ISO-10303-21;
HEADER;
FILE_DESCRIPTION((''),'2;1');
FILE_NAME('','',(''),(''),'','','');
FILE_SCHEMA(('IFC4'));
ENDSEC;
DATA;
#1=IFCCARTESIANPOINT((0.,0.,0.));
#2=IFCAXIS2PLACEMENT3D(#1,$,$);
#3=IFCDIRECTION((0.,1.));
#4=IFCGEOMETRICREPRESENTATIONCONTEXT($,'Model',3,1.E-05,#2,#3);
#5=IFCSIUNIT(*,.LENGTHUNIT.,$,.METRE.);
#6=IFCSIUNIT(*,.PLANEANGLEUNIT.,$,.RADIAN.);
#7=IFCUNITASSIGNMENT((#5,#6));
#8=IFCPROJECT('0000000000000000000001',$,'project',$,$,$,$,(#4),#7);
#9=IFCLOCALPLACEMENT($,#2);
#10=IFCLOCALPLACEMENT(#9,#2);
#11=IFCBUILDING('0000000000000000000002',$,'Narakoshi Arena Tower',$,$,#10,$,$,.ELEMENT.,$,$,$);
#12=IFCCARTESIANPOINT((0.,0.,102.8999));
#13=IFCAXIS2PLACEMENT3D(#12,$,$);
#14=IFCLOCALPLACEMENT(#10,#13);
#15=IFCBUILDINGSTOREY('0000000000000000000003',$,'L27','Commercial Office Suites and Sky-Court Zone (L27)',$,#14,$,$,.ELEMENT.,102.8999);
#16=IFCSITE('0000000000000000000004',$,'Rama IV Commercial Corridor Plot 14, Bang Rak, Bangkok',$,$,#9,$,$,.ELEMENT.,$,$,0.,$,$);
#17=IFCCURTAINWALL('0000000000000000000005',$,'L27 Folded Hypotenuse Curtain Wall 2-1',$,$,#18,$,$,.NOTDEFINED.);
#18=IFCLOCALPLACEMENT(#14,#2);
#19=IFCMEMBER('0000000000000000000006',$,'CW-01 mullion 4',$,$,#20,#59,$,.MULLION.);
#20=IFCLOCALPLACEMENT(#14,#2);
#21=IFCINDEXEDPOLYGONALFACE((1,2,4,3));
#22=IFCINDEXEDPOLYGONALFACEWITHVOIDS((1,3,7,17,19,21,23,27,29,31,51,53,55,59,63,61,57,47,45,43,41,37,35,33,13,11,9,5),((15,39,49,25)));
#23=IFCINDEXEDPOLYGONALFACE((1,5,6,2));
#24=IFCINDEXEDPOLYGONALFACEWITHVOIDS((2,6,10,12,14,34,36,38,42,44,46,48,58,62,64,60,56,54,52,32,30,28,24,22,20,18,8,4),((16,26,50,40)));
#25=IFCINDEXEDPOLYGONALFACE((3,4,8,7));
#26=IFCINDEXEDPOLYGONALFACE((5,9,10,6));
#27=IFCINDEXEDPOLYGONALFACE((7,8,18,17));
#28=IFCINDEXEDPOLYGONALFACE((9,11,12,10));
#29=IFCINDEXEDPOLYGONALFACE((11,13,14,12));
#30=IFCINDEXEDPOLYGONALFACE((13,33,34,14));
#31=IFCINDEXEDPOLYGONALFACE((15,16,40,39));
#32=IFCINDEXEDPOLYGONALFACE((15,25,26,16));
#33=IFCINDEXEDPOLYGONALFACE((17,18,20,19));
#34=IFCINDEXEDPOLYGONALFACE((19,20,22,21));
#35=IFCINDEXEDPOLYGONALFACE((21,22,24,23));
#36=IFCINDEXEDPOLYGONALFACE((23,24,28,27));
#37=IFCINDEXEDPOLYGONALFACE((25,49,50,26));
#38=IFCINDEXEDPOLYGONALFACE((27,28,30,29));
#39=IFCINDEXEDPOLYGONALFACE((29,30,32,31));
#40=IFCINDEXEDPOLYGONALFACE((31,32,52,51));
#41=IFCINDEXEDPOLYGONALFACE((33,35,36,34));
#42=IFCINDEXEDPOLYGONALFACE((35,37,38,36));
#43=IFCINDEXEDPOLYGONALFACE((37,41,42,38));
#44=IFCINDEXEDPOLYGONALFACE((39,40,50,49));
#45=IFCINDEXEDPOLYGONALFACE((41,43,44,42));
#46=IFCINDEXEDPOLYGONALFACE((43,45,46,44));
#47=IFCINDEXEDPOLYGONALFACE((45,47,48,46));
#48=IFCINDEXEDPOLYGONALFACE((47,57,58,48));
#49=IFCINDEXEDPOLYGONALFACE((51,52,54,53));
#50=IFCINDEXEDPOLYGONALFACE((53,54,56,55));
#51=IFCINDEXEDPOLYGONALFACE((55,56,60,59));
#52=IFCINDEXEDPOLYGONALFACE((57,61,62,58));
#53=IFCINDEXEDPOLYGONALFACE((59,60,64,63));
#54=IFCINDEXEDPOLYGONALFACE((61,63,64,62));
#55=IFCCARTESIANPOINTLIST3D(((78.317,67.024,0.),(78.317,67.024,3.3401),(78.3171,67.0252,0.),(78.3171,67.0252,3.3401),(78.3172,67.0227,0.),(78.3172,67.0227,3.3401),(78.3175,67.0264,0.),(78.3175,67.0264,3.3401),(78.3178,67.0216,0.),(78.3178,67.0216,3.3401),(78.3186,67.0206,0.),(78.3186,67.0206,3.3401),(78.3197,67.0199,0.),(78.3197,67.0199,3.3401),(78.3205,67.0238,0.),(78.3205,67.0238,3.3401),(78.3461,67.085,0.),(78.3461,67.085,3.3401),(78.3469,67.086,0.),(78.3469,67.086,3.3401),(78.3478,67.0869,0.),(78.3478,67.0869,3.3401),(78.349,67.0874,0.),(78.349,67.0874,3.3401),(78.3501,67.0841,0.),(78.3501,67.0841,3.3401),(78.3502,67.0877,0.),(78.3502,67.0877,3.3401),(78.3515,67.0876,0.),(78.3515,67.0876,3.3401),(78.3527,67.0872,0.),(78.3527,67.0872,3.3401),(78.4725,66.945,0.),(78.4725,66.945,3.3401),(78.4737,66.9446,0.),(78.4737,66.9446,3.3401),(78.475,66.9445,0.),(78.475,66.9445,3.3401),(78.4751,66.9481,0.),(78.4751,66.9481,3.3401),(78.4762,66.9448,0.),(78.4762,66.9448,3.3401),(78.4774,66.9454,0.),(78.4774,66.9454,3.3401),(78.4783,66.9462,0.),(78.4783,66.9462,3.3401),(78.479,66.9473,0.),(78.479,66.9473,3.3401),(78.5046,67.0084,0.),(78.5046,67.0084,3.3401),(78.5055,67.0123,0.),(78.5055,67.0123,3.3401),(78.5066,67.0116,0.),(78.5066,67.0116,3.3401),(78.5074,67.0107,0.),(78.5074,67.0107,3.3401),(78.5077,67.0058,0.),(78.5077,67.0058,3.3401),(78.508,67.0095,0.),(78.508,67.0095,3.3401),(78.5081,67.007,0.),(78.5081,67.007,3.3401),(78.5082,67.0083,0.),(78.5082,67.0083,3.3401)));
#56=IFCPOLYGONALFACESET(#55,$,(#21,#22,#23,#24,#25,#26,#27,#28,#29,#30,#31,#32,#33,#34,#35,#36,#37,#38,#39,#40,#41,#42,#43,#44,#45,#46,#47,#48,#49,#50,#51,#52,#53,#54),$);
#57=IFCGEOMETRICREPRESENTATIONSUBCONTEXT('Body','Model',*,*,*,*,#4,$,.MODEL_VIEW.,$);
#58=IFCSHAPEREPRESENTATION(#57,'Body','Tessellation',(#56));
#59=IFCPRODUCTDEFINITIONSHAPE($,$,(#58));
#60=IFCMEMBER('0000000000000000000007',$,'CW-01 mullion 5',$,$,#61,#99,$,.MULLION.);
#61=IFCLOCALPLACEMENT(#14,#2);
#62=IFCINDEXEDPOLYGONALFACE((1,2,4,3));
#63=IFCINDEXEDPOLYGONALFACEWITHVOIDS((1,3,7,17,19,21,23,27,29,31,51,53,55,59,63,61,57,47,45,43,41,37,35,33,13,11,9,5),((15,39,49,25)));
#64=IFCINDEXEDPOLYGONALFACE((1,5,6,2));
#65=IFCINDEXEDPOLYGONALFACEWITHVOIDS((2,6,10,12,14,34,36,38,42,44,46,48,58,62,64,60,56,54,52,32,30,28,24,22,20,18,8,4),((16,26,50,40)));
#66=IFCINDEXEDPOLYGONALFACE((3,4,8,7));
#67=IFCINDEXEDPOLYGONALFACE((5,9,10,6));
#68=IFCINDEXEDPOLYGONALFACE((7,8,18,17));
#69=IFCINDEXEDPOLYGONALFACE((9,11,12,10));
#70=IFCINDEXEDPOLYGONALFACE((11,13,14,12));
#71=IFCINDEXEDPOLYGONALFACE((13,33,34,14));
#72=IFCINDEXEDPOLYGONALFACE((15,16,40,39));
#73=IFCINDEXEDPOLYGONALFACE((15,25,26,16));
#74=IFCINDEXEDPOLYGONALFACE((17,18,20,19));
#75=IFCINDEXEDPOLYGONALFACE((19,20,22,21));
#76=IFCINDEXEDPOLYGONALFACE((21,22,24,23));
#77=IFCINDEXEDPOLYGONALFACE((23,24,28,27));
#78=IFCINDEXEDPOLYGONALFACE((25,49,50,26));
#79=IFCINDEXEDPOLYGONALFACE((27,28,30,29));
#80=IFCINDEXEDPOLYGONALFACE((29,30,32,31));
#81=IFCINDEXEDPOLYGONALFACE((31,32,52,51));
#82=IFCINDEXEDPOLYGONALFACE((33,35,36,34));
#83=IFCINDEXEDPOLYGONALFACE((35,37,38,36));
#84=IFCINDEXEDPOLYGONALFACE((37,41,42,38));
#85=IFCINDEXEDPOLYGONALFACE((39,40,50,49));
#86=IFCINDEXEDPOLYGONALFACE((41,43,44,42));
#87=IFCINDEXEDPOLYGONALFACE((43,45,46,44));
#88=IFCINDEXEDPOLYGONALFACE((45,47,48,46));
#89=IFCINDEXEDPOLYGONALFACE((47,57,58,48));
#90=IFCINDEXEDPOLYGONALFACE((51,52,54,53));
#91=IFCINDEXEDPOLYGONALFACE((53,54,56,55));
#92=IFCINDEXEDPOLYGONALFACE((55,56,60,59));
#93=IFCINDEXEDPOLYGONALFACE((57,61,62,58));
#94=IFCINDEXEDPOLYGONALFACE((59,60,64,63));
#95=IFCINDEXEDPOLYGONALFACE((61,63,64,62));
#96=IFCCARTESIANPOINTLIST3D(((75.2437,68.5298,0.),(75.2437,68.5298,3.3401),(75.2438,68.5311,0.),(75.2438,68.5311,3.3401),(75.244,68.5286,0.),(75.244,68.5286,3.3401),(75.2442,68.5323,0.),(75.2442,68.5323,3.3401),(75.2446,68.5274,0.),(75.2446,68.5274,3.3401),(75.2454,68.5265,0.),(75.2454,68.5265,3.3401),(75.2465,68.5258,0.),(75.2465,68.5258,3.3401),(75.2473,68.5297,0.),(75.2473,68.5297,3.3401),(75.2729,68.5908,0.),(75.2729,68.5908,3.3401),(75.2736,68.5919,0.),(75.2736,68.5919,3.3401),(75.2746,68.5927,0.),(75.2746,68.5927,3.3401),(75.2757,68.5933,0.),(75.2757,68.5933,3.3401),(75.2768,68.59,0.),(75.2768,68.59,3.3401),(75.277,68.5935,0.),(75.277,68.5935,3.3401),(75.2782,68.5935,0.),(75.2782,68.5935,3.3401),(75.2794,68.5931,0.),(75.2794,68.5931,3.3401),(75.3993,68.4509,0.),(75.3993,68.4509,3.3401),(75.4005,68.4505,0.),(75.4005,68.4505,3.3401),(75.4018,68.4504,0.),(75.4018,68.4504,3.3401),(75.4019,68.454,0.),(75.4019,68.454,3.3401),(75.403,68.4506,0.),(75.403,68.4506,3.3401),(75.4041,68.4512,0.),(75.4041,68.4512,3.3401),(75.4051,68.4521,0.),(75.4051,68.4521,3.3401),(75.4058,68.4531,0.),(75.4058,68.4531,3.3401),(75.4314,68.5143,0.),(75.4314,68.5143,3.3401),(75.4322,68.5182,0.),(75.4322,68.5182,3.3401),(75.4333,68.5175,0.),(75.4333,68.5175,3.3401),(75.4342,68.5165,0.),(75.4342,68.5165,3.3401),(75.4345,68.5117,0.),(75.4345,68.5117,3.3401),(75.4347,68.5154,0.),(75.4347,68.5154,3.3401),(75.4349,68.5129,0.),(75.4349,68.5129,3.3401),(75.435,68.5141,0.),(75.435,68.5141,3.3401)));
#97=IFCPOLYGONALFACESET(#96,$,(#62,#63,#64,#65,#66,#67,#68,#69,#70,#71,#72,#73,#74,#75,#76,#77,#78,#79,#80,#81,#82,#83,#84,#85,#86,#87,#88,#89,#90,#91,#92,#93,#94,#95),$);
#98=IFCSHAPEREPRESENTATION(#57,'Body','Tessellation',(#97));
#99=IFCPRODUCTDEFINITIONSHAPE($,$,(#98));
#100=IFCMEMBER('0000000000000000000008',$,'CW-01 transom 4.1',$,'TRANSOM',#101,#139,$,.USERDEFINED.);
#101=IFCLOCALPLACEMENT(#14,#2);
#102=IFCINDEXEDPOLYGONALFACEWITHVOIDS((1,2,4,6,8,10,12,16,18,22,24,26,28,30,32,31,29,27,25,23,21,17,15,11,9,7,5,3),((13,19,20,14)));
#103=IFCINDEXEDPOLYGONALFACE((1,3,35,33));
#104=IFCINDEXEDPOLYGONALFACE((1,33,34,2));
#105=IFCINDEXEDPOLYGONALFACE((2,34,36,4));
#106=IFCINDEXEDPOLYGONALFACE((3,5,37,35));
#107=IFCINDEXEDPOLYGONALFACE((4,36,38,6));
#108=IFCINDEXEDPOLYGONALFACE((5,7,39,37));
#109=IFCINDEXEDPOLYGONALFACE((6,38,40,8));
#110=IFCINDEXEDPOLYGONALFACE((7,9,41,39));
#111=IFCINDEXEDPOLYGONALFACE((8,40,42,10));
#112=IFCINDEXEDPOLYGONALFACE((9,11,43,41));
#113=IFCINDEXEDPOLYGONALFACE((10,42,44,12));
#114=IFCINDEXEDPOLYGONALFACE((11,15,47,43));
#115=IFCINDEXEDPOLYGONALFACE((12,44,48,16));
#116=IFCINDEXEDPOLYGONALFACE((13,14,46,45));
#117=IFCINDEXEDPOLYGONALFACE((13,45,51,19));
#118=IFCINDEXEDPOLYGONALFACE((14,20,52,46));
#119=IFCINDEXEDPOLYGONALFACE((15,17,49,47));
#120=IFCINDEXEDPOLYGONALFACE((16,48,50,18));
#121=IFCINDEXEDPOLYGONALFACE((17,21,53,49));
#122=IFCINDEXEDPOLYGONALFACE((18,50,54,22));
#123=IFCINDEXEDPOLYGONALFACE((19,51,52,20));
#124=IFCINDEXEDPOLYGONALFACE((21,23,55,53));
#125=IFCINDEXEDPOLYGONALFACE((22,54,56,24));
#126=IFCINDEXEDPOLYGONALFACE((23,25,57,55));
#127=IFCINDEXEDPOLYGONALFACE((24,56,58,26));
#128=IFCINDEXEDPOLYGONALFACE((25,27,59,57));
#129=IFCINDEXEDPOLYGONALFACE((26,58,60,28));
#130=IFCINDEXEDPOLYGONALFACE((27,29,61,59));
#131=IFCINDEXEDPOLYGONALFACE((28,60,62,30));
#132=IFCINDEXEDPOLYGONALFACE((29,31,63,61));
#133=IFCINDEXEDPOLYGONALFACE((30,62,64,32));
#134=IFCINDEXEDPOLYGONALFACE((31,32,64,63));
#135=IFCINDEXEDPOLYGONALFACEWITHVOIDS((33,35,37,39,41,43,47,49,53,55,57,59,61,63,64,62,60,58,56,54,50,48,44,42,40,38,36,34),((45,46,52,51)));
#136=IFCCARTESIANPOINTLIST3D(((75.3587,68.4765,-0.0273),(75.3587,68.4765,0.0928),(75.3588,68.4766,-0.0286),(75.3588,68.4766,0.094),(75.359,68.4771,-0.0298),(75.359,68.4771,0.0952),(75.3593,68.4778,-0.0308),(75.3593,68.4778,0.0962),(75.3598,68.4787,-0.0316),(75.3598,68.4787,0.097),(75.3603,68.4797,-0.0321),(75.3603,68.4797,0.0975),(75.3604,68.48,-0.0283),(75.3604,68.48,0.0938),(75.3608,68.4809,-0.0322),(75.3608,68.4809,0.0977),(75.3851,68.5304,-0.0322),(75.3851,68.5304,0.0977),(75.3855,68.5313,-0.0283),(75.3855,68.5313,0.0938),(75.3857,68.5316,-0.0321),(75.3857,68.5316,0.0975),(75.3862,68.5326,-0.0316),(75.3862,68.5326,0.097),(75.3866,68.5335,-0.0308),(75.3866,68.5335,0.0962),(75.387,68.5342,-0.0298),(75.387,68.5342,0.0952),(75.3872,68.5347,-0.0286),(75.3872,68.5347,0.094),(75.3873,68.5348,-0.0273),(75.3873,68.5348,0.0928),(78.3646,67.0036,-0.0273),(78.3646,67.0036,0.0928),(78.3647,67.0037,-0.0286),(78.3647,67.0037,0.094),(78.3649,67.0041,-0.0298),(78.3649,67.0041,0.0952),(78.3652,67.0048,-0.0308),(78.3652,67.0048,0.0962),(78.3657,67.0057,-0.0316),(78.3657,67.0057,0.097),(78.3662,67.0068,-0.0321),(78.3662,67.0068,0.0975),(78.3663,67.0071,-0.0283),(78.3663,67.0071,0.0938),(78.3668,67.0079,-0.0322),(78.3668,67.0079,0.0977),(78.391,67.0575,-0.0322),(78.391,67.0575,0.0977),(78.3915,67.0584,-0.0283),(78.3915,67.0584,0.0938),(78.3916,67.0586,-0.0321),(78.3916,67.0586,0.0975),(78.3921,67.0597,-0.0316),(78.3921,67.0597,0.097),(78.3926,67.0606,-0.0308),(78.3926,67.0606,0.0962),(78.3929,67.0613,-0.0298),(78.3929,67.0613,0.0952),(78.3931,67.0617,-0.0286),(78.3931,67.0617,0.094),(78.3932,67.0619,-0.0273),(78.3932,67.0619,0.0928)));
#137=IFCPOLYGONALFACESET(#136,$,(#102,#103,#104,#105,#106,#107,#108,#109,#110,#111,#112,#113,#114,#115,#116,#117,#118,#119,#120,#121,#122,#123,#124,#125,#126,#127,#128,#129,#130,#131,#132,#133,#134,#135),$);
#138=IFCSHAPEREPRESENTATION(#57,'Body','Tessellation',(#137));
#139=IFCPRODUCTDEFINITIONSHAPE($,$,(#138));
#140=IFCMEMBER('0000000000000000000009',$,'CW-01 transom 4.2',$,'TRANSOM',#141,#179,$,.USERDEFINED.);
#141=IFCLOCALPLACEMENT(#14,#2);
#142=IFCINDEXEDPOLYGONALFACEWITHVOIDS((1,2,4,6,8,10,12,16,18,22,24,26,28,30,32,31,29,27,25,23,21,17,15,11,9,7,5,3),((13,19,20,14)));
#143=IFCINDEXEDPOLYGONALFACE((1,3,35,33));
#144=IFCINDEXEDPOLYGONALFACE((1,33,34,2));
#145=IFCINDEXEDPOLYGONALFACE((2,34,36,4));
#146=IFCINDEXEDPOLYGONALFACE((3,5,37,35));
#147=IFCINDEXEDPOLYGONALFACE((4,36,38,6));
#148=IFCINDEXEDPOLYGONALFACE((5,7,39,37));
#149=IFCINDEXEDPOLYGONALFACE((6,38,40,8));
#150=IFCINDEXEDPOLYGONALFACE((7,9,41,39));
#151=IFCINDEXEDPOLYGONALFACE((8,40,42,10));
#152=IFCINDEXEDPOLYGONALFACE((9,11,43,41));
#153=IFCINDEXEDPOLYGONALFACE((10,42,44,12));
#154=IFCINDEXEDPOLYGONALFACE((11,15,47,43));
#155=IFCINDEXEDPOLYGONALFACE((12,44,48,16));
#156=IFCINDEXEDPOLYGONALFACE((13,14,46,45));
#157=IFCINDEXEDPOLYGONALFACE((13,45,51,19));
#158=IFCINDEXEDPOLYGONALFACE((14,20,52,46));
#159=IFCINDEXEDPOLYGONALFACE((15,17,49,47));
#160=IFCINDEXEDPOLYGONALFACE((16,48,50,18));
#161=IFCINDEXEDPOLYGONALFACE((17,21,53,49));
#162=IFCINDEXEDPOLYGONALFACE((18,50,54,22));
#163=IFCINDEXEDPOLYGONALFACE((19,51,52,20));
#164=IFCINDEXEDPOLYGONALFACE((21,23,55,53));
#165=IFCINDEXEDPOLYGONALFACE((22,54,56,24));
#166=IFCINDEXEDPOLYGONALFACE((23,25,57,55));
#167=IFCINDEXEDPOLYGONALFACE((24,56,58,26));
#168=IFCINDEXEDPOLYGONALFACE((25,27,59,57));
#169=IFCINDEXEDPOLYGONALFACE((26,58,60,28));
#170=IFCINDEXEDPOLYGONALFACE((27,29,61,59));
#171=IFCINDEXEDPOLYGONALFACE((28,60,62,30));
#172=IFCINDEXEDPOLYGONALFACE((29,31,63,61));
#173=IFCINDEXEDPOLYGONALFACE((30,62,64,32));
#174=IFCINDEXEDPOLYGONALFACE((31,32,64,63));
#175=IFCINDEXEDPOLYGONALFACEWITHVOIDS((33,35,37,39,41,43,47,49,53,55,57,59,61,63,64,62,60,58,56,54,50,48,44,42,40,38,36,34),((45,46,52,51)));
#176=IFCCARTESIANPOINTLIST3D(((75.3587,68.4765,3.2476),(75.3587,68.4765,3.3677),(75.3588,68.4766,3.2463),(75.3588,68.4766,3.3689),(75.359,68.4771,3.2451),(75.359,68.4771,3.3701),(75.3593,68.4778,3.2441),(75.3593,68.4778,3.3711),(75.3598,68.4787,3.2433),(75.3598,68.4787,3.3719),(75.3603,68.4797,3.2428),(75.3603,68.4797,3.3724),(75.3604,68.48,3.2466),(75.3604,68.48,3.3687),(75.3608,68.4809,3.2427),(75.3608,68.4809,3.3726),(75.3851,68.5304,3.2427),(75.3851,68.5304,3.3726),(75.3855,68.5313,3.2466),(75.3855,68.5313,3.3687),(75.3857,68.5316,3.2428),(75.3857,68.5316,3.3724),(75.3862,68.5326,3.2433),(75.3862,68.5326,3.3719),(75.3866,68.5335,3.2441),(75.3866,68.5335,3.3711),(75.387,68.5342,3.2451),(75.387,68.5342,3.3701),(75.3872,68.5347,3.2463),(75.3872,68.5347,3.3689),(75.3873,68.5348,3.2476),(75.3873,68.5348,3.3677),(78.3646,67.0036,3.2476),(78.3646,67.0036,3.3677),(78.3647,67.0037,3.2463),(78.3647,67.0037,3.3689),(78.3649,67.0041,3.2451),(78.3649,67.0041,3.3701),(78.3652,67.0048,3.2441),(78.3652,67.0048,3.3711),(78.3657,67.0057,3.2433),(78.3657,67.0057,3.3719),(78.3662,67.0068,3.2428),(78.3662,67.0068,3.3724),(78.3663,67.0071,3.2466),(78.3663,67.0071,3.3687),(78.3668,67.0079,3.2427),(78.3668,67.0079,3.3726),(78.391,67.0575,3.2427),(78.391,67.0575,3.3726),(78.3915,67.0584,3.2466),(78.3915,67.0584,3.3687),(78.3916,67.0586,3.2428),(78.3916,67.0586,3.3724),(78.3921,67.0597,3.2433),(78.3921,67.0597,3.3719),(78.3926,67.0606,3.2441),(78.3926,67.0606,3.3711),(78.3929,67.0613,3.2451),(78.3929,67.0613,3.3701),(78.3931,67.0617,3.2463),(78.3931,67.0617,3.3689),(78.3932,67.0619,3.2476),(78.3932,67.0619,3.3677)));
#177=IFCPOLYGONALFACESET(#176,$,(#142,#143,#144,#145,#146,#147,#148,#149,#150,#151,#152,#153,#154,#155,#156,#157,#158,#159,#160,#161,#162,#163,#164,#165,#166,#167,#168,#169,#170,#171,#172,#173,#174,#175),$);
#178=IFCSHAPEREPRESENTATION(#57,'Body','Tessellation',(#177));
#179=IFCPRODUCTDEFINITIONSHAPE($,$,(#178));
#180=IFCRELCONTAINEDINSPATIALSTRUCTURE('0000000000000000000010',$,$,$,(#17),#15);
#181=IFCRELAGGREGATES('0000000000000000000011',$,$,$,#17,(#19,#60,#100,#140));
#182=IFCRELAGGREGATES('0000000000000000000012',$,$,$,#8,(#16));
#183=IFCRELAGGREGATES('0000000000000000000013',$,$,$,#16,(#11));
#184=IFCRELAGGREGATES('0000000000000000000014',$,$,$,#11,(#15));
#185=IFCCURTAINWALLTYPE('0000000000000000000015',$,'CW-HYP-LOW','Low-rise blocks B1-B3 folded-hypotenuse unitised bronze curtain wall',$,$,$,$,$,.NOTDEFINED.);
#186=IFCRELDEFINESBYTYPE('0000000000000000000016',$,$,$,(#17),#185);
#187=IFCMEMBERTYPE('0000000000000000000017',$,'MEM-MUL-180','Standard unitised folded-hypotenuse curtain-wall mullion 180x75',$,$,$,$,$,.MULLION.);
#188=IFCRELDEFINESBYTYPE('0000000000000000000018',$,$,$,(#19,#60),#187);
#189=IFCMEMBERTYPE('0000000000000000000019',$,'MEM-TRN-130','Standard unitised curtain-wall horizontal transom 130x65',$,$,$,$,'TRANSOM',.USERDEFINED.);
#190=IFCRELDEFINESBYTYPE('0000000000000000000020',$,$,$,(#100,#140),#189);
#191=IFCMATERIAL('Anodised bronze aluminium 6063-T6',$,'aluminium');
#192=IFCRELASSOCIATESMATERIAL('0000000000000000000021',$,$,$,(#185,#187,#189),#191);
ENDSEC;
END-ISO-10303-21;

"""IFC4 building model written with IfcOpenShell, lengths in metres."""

from ifc_helpers import new_model, si_unit, direction, frame, origin, origin_2d, place, context, subcontext, project, spatial, hollow_rectangle, extrude, material, material_profile, profile_set, type_object, element, aggregate, save


model = new_model("IFC4")

# Units and contexts
model_context = context("Model", 3, precision=1e-05, world=origin(), true_north=direction((0.0, 1.0)))
body_context = subcontext(model_context, "Body", "Model", "MODEL_VIEW")
ifc_project = project(units=[si_unit("LENGTHUNIT", "METRE"), si_unit("PLANEANGLEUNIT", "RADIAN")], contexts=[model_context])

# Site, building, storey
site_placement = place(None, origin())
site = spatial("IfcSite", under=ifc_project, at=site_placement, Name="Rama IV Commercial Corridor Plot 14, Bang Rak, Bangkok", CompositionType="ELEMENT", RefElevation=0.0)
building_placement = place(site_placement, origin())
building = spatial("IfcBuilding", under=site, at=building_placement, Name="Narakoshi Arena Tower", CompositionType="ELEMENT")
storey_placement = place(building_placement, frame((0.0, 0.0, 102.8999)))
storey = spatial("IfcBuildingStorey", under=building, at=storey_placement, Name="L27", Description="Commercial Office Suites and Sky-Court Zone (L27)", CompositionType="ELEMENT", Elevation=102.8999)

# Curtain wall, members
ifc_material_1 = material(Name="Anodised bronze aluminium 6063-T6", Category="aluminium")
curtain_wall_type = type_object("IfcCurtainWallType", Name="CW-HYP-LOW", Description="Low-rise blocks B1-B3 folded-hypotenuse unitised bronze curtain wall", PredefinedType="NOTDEFINED", material=ifc_material_1)
curtain_wall_placement = place(storey_placement, origin())
curtain_wall = element("IfcCurtainWall", 1, at=curtain_wall_placement, inside=storey, type_object=curtain_wall_type, Name="L27 Folded Hypotenuse Curtain Wall 2-1", PredefinedType="NOTDEFINED")
ifc_material_profile_1 = material_profile(ifc_material_1, hollow_rectangle(XDim=0.075, YDim=0.1799, WallThickness=0.0039, OuterFilletRadius=0.0049, at=origin_2d()), Name="MUL180x75x4")
ifc_profile_set_1 = profile_set([ifc_material_profile_1], Name="Anodised bronze aluminium 6063-T6")
member_type_1 = type_object("IfcMemberType", Name="MEM-MUL-180", Description="Standard unitised folded-hypotenuse curtain-wall mullion 180x75", PredefinedType="MULLION", material=ifc_profile_set_1)
member_1_placement = place(storey_placement, frame((78.4126, 67.0161, 0.0), z_axis=(0.0, 0.0, 1.0), x_axis=(-0.440005, -0.897996, 0.0)))
member_1 = element("IfcMember", 2, at=member_1_placement, type_object=member_type_1, Name="CW-01 mullion 4", PredefinedType="MULLION", context=body_context, shape_type="SweptSolid", body=[
    extrude(hollow_rectangle(XDim=0.075, YDim=0.1799, WallThickness=0.0039, OuterFilletRadius=0.0049, at=origin_2d()), origin(), (0.0, 0.0, 1.0), 3.3401),
])
member_2_placement = place(storey_placement, frame((75.3394, 68.522, 0.0), z_axis=(0.0, 0.0, 1.0), x_axis=(-0.440005, -0.897996, 0.0)))
member_2 = element("IfcMember", 3, at=member_2_placement, type_object=member_type_1, Name="CW-01 mullion 5", PredefinedType="MULLION", context=body_context, shape_type="SweptSolid", body=[
    extrude(hollow_rectangle(XDim=0.075, YDim=0.1799, WallThickness=0.0039, OuterFilletRadius=0.0049, at=origin_2d()), origin(), (0.0, 0.0, 1.0), 3.3401),
])
ifc_material_profile_2 = material_profile(ifc_material_1, hollow_rectangle(XDim=0.0649, YDim=0.1299, WallThickness=0.0039, OuterFilletRadius=0.0049, at=origin_2d()), Name="TRN130x65x4")
ifc_profile_set_2 = profile_set([ifc_material_profile_2], Name="Anodised bronze aluminium 6063-T6")
member_type_2 = type_object("IfcMemberType", Name="MEM-TRN-130", Description="Standard unitised curtain-wall horizontal transom 130x65", ElementType="TRANSOM", PredefinedType="USERDEFINED", material=ifc_profile_set_2)
member_3_placement = place(storey_placement, frame((78.3789, 67.0327, 0.0327), z_axis=(-0.897987, 0.440022, 0.0), x_axis=(-0.440022, -0.897987, 0.0)))
member_3 = element("IfcMember", 4, at=member_3_placement, type_object=member_type_2, Name="CW-01 transom 4.1", ObjectType="TRANSOM", PredefinedType="USERDEFINED", context=body_context, shape_type="SweptSolid", body=[
    extrude(hollow_rectangle(XDim=0.0649, YDim=0.1299, WallThickness=0.0039, OuterFilletRadius=0.0049, at=origin_2d()), origin(), (0.0, 0.0, 1.0), 3.3474),
])
member_4_placement = place(storey_placement, frame((78.3789, 67.0327, 3.3076), z_axis=(-0.897987, 0.440022, 0.0), x_axis=(-0.440022, -0.897987, 0.0)))
member_4 = element("IfcMember", 5, at=member_4_placement, type_object=member_type_2, Name="CW-01 transom 4.2", ObjectType="TRANSOM", PredefinedType="USERDEFINED", context=body_context, shape_type="SweptSolid", body=[
    extrude(hollow_rectangle(XDim=0.0649, YDim=0.1299, WallThickness=0.0039, OuterFilletRadius=0.0049, at=origin_2d()), origin(), (0.0, 0.0, 1.0), 3.3474),
])
aggregate(curtain_wall, [member_1, member_2, member_3, member_4])

save(model, "model.ifc")
